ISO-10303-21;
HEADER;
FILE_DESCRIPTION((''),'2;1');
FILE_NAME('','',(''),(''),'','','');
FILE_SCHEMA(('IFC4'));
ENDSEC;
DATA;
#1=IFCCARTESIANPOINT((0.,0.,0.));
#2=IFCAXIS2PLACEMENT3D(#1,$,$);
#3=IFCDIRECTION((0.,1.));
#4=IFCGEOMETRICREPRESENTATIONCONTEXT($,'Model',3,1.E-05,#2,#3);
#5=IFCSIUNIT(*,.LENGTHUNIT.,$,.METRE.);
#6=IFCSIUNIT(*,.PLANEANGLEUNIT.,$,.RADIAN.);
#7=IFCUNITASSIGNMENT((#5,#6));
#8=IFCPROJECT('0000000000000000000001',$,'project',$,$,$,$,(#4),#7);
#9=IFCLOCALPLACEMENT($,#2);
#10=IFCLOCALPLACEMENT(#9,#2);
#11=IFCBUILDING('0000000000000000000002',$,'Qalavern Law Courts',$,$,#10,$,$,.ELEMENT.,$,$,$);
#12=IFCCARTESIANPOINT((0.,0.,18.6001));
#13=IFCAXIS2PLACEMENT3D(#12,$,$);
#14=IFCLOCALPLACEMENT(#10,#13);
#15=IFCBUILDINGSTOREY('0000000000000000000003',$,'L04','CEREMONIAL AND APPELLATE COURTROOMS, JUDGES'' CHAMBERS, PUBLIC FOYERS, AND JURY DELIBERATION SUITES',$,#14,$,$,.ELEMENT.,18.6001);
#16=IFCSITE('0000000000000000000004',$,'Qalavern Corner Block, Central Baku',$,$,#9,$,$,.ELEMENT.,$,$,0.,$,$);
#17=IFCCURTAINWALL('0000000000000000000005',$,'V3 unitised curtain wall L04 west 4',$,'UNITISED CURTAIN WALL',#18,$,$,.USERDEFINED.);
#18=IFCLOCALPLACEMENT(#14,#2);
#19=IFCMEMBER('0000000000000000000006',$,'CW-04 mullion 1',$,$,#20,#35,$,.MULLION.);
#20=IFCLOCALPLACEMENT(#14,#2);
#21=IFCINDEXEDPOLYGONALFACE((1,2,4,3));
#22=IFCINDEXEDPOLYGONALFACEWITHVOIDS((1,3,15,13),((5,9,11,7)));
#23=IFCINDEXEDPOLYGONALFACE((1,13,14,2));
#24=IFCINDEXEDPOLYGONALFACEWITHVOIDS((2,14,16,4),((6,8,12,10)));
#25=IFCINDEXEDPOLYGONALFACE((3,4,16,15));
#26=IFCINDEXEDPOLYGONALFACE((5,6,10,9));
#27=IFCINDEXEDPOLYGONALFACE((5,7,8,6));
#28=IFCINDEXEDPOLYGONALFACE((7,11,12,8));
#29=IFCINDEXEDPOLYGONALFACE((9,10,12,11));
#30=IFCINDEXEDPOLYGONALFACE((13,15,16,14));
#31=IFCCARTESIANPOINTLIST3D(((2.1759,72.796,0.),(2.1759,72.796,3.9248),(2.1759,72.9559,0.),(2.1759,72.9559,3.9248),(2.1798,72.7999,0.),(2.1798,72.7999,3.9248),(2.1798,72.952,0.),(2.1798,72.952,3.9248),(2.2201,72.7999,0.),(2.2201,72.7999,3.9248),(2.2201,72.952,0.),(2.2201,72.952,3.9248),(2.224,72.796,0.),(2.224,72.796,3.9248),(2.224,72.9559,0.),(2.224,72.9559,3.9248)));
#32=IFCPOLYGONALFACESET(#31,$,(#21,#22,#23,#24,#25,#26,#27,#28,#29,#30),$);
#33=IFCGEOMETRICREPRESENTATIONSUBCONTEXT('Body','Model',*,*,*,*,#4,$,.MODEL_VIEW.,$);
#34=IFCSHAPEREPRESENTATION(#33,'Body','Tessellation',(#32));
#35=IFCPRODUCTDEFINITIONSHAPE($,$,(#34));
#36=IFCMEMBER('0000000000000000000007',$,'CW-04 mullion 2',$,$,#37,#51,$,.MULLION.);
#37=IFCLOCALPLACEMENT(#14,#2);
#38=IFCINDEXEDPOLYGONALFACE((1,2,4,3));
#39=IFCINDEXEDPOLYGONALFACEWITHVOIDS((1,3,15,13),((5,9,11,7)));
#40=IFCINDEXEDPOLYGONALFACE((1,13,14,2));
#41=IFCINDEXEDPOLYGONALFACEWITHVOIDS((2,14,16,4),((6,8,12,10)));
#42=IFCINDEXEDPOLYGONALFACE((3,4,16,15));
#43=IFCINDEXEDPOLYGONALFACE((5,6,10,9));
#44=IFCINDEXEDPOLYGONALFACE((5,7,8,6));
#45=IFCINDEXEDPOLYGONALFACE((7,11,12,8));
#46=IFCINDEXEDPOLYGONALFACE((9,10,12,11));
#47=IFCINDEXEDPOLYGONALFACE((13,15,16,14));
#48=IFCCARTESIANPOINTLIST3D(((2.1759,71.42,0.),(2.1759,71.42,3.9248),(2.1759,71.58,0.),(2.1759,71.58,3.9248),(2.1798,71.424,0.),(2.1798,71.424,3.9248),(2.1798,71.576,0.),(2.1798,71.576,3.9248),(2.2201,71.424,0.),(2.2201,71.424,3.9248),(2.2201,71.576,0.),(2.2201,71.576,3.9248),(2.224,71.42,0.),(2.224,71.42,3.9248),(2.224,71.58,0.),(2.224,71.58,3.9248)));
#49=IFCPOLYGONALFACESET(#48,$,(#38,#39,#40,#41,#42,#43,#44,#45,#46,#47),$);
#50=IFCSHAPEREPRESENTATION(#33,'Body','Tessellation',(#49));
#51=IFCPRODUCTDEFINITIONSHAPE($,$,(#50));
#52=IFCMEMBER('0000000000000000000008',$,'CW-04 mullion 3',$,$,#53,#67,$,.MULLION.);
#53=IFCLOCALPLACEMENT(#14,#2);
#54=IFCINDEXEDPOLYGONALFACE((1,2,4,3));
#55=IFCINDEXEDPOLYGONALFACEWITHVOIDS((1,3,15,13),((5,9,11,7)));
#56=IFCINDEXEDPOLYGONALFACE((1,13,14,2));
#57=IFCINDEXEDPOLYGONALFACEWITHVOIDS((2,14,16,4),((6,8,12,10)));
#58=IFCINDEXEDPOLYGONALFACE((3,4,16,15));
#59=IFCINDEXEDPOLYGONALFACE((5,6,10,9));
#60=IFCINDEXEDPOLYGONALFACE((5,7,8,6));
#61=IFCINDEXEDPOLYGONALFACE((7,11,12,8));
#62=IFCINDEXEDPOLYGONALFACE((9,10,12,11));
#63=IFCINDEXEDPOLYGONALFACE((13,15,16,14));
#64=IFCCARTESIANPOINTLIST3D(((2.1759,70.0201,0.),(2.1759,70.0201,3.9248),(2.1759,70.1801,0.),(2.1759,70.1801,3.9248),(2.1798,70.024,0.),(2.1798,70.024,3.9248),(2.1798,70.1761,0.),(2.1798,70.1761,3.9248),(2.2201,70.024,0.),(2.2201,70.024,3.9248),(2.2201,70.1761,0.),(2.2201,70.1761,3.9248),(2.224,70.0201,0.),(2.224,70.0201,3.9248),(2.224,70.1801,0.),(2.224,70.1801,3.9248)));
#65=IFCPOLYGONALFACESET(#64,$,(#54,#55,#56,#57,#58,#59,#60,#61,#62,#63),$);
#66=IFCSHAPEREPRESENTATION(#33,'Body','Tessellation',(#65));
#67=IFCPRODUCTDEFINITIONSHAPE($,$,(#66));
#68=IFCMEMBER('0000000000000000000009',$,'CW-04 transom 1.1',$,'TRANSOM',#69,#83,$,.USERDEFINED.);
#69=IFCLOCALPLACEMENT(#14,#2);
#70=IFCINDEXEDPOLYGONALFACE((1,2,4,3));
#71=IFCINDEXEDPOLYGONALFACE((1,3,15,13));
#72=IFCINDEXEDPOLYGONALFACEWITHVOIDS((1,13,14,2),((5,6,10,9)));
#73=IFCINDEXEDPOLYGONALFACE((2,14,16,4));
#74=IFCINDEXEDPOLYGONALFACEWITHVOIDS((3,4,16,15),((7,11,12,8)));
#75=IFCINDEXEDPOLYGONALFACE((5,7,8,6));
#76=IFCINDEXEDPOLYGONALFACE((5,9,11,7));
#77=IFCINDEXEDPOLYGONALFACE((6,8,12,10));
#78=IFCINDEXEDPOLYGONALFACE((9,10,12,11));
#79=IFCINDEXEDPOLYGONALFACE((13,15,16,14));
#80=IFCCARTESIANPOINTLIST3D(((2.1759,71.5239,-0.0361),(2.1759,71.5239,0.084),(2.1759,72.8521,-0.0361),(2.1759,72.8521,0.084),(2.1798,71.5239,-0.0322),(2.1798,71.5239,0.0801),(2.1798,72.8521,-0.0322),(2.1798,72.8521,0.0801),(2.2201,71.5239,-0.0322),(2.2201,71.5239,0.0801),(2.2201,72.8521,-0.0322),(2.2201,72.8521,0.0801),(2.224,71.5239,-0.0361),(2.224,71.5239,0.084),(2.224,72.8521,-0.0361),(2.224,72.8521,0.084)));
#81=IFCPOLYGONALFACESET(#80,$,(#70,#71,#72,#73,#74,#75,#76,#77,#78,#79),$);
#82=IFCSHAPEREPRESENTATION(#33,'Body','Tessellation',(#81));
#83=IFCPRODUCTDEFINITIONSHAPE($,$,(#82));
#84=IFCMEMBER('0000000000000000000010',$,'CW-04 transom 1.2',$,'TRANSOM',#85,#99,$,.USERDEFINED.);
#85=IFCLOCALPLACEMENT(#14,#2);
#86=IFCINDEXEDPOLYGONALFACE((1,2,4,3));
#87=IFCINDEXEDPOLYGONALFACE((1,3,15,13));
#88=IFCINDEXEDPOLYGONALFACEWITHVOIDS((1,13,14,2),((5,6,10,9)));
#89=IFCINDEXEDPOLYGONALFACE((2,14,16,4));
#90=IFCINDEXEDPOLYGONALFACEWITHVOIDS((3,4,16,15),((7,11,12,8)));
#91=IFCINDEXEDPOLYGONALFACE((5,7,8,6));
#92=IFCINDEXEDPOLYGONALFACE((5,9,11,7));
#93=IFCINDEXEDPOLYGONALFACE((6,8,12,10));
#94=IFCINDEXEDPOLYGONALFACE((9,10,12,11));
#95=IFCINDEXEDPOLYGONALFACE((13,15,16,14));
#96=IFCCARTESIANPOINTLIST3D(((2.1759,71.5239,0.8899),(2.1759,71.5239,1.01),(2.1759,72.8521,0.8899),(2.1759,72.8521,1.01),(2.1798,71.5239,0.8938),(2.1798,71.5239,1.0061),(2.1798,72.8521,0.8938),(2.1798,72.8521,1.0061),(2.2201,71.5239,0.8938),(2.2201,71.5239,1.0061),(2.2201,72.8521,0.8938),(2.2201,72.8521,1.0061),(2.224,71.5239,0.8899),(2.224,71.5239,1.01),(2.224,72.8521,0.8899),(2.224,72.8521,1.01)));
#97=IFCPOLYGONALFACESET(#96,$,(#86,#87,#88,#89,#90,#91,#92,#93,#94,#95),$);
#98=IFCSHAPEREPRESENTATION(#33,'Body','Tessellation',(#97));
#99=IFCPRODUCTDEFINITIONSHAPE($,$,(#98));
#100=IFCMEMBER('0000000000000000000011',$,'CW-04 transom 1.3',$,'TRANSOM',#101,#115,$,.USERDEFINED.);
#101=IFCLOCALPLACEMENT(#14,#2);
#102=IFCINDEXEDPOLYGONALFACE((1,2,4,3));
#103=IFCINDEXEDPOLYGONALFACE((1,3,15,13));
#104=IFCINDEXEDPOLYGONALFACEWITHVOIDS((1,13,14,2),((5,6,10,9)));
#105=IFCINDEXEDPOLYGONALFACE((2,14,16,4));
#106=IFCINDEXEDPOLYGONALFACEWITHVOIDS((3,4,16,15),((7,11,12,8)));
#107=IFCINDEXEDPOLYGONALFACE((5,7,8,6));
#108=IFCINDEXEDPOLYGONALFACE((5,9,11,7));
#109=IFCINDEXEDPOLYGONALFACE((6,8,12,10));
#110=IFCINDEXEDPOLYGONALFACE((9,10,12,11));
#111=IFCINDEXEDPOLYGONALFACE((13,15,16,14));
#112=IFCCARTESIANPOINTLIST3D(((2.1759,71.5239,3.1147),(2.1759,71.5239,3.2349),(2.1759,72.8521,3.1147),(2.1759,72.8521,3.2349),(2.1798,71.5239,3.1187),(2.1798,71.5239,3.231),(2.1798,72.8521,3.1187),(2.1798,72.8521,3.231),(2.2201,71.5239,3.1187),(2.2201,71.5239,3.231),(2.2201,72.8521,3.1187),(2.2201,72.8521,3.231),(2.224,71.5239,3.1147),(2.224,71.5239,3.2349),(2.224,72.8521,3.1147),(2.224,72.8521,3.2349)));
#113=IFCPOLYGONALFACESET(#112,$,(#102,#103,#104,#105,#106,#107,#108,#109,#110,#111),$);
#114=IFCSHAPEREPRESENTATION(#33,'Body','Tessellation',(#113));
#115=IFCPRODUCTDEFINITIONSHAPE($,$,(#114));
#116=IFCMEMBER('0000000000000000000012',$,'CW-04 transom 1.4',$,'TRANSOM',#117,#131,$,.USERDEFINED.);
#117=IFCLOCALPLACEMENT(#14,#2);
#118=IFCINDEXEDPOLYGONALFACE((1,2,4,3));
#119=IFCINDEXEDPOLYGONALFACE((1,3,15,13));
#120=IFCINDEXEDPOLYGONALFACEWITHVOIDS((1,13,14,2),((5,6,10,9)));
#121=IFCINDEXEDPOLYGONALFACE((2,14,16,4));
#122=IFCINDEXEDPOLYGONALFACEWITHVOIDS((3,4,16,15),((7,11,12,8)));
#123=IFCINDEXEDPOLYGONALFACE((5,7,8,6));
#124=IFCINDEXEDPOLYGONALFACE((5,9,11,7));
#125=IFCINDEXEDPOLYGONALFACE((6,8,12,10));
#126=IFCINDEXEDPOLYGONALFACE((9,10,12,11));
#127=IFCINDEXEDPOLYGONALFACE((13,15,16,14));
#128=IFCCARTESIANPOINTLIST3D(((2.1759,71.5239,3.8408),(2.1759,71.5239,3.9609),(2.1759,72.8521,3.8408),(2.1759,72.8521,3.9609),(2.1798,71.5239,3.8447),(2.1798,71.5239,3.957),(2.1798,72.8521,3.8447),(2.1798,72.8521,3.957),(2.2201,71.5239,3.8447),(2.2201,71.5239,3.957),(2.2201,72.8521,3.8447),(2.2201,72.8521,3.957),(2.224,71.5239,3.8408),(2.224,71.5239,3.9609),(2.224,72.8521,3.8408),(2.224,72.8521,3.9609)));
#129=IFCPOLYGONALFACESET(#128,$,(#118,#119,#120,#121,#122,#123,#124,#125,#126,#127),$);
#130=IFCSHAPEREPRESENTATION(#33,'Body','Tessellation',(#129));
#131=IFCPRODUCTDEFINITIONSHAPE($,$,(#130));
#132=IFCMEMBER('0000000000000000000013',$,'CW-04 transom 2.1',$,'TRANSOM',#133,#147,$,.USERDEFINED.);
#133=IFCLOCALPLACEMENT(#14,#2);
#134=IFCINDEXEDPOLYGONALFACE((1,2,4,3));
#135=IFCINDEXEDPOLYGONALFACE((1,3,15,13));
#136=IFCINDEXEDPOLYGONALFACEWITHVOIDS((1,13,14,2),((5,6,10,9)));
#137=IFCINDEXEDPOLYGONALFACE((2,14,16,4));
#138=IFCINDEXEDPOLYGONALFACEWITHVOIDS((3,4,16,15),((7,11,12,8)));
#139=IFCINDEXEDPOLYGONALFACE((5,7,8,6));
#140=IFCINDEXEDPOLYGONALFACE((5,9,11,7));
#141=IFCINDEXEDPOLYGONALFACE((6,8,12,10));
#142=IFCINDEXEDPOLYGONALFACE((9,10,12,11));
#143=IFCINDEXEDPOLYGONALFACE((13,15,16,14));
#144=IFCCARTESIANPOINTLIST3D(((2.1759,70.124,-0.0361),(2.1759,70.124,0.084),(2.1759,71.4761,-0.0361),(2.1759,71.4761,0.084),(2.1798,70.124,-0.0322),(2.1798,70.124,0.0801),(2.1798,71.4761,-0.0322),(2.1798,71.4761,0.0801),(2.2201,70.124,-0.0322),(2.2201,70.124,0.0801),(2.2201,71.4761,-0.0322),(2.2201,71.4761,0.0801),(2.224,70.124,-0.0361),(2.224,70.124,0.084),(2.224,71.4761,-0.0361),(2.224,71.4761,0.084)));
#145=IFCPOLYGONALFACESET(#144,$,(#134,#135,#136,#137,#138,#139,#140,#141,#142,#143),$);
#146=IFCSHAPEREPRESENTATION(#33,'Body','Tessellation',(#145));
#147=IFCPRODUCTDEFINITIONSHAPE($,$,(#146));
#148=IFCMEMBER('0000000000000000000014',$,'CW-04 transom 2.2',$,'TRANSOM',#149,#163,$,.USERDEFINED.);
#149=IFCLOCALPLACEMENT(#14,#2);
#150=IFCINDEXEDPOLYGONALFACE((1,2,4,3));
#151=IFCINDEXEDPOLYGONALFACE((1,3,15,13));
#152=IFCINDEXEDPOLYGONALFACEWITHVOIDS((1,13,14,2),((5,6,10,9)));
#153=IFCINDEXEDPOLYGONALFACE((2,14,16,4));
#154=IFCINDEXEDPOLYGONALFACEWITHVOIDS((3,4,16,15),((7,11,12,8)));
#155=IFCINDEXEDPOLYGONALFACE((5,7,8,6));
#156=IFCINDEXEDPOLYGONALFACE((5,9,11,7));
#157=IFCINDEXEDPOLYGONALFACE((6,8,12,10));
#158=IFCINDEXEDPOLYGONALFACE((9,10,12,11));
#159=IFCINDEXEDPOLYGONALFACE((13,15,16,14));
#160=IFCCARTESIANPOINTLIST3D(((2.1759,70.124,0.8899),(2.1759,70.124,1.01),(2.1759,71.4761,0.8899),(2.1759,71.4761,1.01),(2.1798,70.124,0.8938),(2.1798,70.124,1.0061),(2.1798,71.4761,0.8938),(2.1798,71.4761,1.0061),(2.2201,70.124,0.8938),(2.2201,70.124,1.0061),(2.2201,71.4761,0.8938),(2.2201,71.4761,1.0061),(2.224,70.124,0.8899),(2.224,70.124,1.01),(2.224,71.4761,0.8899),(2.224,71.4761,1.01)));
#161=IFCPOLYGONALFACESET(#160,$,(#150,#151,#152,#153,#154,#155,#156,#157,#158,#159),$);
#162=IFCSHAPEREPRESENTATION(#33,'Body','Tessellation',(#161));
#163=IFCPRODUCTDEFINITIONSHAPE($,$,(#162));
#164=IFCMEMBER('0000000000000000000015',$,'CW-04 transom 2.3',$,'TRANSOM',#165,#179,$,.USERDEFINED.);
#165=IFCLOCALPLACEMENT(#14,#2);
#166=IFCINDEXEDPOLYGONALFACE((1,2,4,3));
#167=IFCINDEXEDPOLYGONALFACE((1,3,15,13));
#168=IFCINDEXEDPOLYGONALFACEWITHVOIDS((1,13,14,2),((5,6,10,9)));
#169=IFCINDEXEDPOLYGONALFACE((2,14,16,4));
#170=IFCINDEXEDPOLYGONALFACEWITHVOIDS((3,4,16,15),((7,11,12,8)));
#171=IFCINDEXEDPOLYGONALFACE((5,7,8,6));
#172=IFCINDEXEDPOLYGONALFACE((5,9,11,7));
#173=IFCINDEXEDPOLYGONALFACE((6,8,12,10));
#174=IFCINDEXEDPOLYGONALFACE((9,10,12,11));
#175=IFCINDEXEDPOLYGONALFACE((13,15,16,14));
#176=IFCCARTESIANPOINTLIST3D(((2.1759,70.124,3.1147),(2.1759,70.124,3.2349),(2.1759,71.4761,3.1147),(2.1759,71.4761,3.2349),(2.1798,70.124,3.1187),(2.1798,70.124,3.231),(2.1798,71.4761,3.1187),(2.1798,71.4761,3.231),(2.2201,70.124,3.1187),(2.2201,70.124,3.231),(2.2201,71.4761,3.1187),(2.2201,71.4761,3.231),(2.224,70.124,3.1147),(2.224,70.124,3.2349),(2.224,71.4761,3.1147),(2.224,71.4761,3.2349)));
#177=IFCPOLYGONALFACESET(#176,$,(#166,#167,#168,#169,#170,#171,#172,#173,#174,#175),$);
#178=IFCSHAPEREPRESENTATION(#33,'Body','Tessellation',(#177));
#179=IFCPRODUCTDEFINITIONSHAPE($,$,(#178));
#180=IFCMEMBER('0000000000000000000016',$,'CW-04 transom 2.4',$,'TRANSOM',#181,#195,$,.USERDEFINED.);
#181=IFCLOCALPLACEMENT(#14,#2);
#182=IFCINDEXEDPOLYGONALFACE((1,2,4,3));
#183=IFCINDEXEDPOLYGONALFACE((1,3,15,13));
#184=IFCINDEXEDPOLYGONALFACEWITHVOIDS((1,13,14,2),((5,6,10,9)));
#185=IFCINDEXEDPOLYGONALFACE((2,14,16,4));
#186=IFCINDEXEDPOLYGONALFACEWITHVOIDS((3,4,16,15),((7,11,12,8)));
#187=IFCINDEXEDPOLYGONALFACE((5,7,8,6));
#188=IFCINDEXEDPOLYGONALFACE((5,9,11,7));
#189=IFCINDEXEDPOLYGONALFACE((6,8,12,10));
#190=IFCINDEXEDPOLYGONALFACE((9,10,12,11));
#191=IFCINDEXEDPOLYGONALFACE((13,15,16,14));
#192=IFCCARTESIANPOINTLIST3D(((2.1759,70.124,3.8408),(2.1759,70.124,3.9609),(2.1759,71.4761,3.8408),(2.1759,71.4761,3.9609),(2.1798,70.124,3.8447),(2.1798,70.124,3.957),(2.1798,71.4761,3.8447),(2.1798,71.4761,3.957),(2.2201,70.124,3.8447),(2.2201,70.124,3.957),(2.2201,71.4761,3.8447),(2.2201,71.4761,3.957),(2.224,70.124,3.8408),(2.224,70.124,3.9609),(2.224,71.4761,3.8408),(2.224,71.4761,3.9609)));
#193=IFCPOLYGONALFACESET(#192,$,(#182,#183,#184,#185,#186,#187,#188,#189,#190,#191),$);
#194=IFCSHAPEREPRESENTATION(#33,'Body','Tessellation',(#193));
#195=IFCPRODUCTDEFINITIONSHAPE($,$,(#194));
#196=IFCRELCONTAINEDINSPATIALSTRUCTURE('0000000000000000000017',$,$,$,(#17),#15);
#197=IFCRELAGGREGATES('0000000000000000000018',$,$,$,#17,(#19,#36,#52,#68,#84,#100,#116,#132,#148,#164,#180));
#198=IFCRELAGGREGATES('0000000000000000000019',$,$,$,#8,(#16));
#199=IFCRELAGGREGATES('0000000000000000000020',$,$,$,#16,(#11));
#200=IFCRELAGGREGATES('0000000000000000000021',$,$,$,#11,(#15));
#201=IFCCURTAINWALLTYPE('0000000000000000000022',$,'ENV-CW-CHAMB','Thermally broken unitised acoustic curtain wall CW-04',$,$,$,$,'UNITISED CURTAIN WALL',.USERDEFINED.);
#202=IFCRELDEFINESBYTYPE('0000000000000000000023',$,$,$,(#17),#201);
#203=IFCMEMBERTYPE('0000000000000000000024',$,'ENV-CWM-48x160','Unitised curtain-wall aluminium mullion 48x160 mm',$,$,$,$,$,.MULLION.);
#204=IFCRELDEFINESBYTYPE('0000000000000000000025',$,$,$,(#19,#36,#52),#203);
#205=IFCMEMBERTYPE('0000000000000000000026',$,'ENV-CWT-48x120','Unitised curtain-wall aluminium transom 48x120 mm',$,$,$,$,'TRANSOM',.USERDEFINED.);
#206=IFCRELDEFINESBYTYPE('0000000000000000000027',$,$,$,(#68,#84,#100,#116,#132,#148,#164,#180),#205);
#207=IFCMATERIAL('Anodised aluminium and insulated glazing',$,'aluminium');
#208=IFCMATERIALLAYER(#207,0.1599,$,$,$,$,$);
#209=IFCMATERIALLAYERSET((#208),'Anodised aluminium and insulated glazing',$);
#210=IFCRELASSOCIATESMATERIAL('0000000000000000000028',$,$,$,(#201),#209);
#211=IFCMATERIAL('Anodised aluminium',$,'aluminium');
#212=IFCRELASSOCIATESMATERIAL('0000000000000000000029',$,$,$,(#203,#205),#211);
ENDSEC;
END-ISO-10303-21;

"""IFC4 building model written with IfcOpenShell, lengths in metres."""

from ifc_helpers import new_model, si_unit, direction, frame, origin, origin_2d, place, context, subcontext, project, spatial, hollow_rectangle, extrude, material, layer, layer_set, material_profile, profile_set, type_object, element, aggregate, save


model = new_model("IFC4")

# Units and contexts
model_context = context("Model", 3, precision=1e-05, world=origin(), true_north=direction((0.0, 1.0)))
body_context = subcontext(model_context, "Body", "Model", "MODEL_VIEW")
ifc_project = project(units=[si_unit("LENGTHUNIT", "METRE"), si_unit("PLANEANGLEUNIT", "RADIAN")], contexts=[model_context])

# Site, building, storey
site_placement = place(None, origin())
site = spatial("IfcSite", under=ifc_project, at=site_placement, Name="Qalavern Corner Block, Central Baku", CompositionType="ELEMENT", RefElevation=0.0)
building_placement = place(site_placement, origin())
building = spatial("IfcBuilding", under=site, at=building_placement, Name="Qalavern Law Courts", CompositionType="ELEMENT")
storey_placement = place(building_placement, frame((0.0, 0.0, 18.6001)))
storey = spatial("IfcBuildingStorey", under=building, at=storey_placement, Name="L04", Description="CEREMONIAL AND APPELLATE COURTROOMS, JUDGES' CHAMBERS, PUBLIC FOYERS, AND JURY DELIBERATION SUITES", CompositionType="ELEMENT", Elevation=18.6001)

# Curtain wall, members
ifc_material_1 = material(Name="Anodised aluminium and insulated glazing", Category="aluminium")
ifc_layer_1 = layer(ifc_material_1, 0.1599)
ifc_layer_set_1 = layer_set([ifc_layer_1], Name="Anodised aluminium and insulated glazing")
curtain_wall_type = type_object("IfcCurtainWallType", Name="ENV-CW-CHAMB", Description="Thermally broken unitised acoustic curtain wall CW-04", ElementType="UNITISED CURTAIN WALL", PredefinedType="USERDEFINED", material=ifc_layer_set_1)
curtain_wall_placement = place(storey_placement, origin())
curtain_wall = element("IfcCurtainWall", 1, at=curtain_wall_placement, inside=storey, type_object=curtain_wall_type, Name="V3 unitised curtain wall L04 west 4", ObjectType="UNITISED CURTAIN WALL", PredefinedType="USERDEFINED")
ifc_material_2 = material(Name="Anodised aluminium", Category="aluminium")
ifc_material_profile_1 = material_profile(ifc_material_2, hollow_rectangle(XDim=0.0481, YDim=0.1599, WallThickness=0.0039, at=origin_2d()), Name="ALU MULLION 48x160")
ifc_profile_set_1 = profile_set([ifc_material_profile_1], Name="Anodised aluminium")
member_type_1 = type_object("IfcMemberType", Name="ENV-CWM-48x160", Description="Unitised curtain-wall aluminium mullion 48x160 mm", PredefinedType="MULLION", material=ifc_profile_set_1)
member_1_placement = place(storey_placement, frame((2.2, 72.876, 0.0), z_axis=(0.0, 0.0, 1.0), x_axis=(1.0, 0.0, 0.0)))
member_1 = element("IfcMember", 2, at=member_1_placement, type_object=member_type_1, Name="CW-04 mullion 1", PredefinedType="MULLION", context=body_context, shape_type="SweptSolid", body=[
    extrude(hollow_rectangle(XDim=0.0481, YDim=0.1599, WallThickness=0.0039, at=origin_2d()), origin(), (0.0, 0.0, 1.0), 3.9248),
])
member_2_placement = place(storey_placement, frame((2.2, 71.5, 0.0), z_axis=(0.0, 0.0, 1.0), x_axis=(1.0, 0.0, 0.0)))
member_2 = element("IfcMember", 3, at=member_2_placement, type_object=member_type_1, Name="CW-04 mullion 2", PredefinedType="MULLION", context=body_context, shape_type="SweptSolid", body=[
    extrude(hollow_rectangle(XDim=0.0481, YDim=0.1599, WallThickness=0.0039, at=origin_2d()), origin(), (0.0, 0.0, 1.0), 3.9248),
])
member_3_placement = place(storey_placement, frame((2.2, 70.1001, 0.0), z_axis=(0.0, 0.0, 1.0), x_axis=(1.0, 0.0, 0.0)))
member_3 = element("IfcMember", 4, at=member_3_placement, type_object=member_type_1, Name="CW-04 mullion 3", PredefinedType="MULLION", context=body_context, shape_type="SweptSolid", body=[
    extrude(hollow_rectangle(XDim=0.0481, YDim=0.1599, WallThickness=0.0039, at=origin_2d()), origin(), (0.0, 0.0, 1.0), 3.9248),
])
ifc_material_profile_2 = material_profile(ifc_material_2, hollow_rectangle(XDim=0.0481, YDim=0.1201, WallThickness=0.0039, at=origin_2d()), Name="ALU TRANSOM 48x120")
ifc_profile_set_2 = profile_set([ifc_material_profile_2], Name="Anodised aluminium")
member_type_2 = type_object("IfcMemberType", Name="ENV-CWT-48x120", Description="Unitised curtain-wall aluminium transom 48x120 mm", ElementType="TRANSOM", PredefinedType="USERDEFINED", material=ifc_profile_set_2)
member_4_placement = place(storey_placement, frame((2.2, 72.8521, 0.0239), z_axis=(0.0, -1.0, 0.0), x_axis=(1.0, 0.0, 0.0)))
member_4 = element("IfcMember", 5, at=member_4_placement, type_object=member_type_2, Name="CW-04 transom 1.1", ObjectType="TRANSOM", PredefinedType="USERDEFINED", context=body_context, shape_type="SweptSolid", body=[
    extrude(hollow_rectangle(XDim=0.0481, YDim=0.1201, WallThickness=0.0039, at=origin_2d()), origin(), (0.0, 0.0, 1.0), 1.3281),
])
member_5_placement = place(storey_placement, frame((2.2, 72.8521, 0.95), z_axis=(0.0, -1.0, 0.0), x_axis=(1.0, 0.0, 0.0)))
member_5 = element("IfcMember", 6, at=member_5_placement, type_object=member_type_2, Name="CW-04 transom 1.2", ObjectType="TRANSOM", PredefinedType="USERDEFINED", context=body_context, shape_type="SweptSolid", body=[
    extrude(hollow_rectangle(XDim=0.0481, YDim=0.1201, WallThickness=0.0039, at=origin_2d()), origin(), (0.0, 0.0, 1.0), 1.3281),
])
member_6_placement = place(storey_placement, frame((2.2, 72.8521, 3.1748), z_axis=(0.0, -1.0, 0.0), x_axis=(1.0, 0.0, 0.0)))
member_6 = element("IfcMember", 7, at=member_6_placement, type_object=member_type_2, Name="CW-04 transom 1.3", ObjectType="TRANSOM", PredefinedType="USERDEFINED", context=body_context, shape_type="SweptSolid", body=[
    extrude(hollow_rectangle(XDim=0.0481, YDim=0.1201, WallThickness=0.0039, at=origin_2d()), origin(), (0.0, 0.0, 1.0), 1.3281),
])
member_7_placement = place(storey_placement, frame((2.2, 72.8521, 3.9009), z_axis=(0.0, -1.0, 0.0), x_axis=(1.0, 0.0, 0.0)))
member_7 = element("IfcMember", 8, at=member_7_placement, type_object=member_type_2, Name="CW-04 transom 1.4", ObjectType="TRANSOM", PredefinedType="USERDEFINED", context=body_context, shape_type="SweptSolid", body=[
    extrude(hollow_rectangle(XDim=0.0481, YDim=0.1201, WallThickness=0.0039, at=origin_2d()), origin(), (0.0, 0.0, 1.0), 1.3281),
])
member_8_placement = place(storey_placement, frame((2.2, 71.4761, 0.0239), z_axis=(0.0, -1.0, 0.0), x_axis=(1.0, 0.0, 0.0)))
member_8 = element("IfcMember", 9, at=member_8_placement, type_object=member_type_2, Name="CW-04 transom 2.1", ObjectType="TRANSOM", PredefinedType="USERDEFINED", context=body_context, shape_type="SweptSolid", body=[
    extrude(hollow_rectangle(XDim=0.0481, YDim=0.1201, WallThickness=0.0039, at=origin_2d()), origin(), (0.0, 0.0, 1.0), 1.3521),
])
member_9_placement = place(storey_placement, frame((2.2, 71.4761, 0.95), z_axis=(0.0, -1.0, 0.0), x_axis=(1.0, 0.0, 0.0)))
member_9 = element("IfcMember", 10, at=member_9_placement, type_object=member_type_2, Name="CW-04 transom 2.2", ObjectType="TRANSOM", PredefinedType="USERDEFINED", context=body_context, shape_type="SweptSolid", body=[
    extrude(hollow_rectangle(XDim=0.0481, YDim=0.1201, WallThickness=0.0039, at=origin_2d()), origin(), (0.0, 0.0, 1.0), 1.3521),
])
member_10_placement = place(storey_placement, frame((2.2, 71.4761, 3.1748), z_axis=(0.0, -1.0, 0.0), x_axis=(1.0, 0.0, 0.0)))
member_10 = element("IfcMember", 11, at=member_10_placement, type_object=member_type_2, Name="CW-04 transom 2.3", ObjectType="TRANSOM", PredefinedType="USERDEFINED", context=body_context, shape_type="SweptSolid", body=[
    extrude(hollow_rectangle(XDim=0.0481, YDim=0.1201, WallThickness=0.0039, at=origin_2d()), origin(), (0.0, 0.0, 1.0), 1.3521),
])
member_11_placement = place(storey_placement, frame((2.2, 71.4761, 3.9009), z_axis=(0.0, -1.0, 0.0), x_axis=(1.0, 0.0, 0.0)))
member_11 = element("IfcMember", 12, at=member_11_placement, type_object=member_type_2, Name="CW-04 transom 2.4", ObjectType="TRANSOM", PredefinedType="USERDEFINED", context=body_context, shape_type="SweptSolid", body=[
    extrude(hollow_rectangle(XDim=0.0481, YDim=0.1201, WallThickness=0.0039, at=origin_2d()), origin(), (0.0, 0.0, 1.0), 1.3521),
])
aggregate(curtain_wall, [member_1, member_2, member_3, member_4, member_5, member_6, member_7, member_8, member_9, member_10, member_11])

save(model, "model.ifc")
